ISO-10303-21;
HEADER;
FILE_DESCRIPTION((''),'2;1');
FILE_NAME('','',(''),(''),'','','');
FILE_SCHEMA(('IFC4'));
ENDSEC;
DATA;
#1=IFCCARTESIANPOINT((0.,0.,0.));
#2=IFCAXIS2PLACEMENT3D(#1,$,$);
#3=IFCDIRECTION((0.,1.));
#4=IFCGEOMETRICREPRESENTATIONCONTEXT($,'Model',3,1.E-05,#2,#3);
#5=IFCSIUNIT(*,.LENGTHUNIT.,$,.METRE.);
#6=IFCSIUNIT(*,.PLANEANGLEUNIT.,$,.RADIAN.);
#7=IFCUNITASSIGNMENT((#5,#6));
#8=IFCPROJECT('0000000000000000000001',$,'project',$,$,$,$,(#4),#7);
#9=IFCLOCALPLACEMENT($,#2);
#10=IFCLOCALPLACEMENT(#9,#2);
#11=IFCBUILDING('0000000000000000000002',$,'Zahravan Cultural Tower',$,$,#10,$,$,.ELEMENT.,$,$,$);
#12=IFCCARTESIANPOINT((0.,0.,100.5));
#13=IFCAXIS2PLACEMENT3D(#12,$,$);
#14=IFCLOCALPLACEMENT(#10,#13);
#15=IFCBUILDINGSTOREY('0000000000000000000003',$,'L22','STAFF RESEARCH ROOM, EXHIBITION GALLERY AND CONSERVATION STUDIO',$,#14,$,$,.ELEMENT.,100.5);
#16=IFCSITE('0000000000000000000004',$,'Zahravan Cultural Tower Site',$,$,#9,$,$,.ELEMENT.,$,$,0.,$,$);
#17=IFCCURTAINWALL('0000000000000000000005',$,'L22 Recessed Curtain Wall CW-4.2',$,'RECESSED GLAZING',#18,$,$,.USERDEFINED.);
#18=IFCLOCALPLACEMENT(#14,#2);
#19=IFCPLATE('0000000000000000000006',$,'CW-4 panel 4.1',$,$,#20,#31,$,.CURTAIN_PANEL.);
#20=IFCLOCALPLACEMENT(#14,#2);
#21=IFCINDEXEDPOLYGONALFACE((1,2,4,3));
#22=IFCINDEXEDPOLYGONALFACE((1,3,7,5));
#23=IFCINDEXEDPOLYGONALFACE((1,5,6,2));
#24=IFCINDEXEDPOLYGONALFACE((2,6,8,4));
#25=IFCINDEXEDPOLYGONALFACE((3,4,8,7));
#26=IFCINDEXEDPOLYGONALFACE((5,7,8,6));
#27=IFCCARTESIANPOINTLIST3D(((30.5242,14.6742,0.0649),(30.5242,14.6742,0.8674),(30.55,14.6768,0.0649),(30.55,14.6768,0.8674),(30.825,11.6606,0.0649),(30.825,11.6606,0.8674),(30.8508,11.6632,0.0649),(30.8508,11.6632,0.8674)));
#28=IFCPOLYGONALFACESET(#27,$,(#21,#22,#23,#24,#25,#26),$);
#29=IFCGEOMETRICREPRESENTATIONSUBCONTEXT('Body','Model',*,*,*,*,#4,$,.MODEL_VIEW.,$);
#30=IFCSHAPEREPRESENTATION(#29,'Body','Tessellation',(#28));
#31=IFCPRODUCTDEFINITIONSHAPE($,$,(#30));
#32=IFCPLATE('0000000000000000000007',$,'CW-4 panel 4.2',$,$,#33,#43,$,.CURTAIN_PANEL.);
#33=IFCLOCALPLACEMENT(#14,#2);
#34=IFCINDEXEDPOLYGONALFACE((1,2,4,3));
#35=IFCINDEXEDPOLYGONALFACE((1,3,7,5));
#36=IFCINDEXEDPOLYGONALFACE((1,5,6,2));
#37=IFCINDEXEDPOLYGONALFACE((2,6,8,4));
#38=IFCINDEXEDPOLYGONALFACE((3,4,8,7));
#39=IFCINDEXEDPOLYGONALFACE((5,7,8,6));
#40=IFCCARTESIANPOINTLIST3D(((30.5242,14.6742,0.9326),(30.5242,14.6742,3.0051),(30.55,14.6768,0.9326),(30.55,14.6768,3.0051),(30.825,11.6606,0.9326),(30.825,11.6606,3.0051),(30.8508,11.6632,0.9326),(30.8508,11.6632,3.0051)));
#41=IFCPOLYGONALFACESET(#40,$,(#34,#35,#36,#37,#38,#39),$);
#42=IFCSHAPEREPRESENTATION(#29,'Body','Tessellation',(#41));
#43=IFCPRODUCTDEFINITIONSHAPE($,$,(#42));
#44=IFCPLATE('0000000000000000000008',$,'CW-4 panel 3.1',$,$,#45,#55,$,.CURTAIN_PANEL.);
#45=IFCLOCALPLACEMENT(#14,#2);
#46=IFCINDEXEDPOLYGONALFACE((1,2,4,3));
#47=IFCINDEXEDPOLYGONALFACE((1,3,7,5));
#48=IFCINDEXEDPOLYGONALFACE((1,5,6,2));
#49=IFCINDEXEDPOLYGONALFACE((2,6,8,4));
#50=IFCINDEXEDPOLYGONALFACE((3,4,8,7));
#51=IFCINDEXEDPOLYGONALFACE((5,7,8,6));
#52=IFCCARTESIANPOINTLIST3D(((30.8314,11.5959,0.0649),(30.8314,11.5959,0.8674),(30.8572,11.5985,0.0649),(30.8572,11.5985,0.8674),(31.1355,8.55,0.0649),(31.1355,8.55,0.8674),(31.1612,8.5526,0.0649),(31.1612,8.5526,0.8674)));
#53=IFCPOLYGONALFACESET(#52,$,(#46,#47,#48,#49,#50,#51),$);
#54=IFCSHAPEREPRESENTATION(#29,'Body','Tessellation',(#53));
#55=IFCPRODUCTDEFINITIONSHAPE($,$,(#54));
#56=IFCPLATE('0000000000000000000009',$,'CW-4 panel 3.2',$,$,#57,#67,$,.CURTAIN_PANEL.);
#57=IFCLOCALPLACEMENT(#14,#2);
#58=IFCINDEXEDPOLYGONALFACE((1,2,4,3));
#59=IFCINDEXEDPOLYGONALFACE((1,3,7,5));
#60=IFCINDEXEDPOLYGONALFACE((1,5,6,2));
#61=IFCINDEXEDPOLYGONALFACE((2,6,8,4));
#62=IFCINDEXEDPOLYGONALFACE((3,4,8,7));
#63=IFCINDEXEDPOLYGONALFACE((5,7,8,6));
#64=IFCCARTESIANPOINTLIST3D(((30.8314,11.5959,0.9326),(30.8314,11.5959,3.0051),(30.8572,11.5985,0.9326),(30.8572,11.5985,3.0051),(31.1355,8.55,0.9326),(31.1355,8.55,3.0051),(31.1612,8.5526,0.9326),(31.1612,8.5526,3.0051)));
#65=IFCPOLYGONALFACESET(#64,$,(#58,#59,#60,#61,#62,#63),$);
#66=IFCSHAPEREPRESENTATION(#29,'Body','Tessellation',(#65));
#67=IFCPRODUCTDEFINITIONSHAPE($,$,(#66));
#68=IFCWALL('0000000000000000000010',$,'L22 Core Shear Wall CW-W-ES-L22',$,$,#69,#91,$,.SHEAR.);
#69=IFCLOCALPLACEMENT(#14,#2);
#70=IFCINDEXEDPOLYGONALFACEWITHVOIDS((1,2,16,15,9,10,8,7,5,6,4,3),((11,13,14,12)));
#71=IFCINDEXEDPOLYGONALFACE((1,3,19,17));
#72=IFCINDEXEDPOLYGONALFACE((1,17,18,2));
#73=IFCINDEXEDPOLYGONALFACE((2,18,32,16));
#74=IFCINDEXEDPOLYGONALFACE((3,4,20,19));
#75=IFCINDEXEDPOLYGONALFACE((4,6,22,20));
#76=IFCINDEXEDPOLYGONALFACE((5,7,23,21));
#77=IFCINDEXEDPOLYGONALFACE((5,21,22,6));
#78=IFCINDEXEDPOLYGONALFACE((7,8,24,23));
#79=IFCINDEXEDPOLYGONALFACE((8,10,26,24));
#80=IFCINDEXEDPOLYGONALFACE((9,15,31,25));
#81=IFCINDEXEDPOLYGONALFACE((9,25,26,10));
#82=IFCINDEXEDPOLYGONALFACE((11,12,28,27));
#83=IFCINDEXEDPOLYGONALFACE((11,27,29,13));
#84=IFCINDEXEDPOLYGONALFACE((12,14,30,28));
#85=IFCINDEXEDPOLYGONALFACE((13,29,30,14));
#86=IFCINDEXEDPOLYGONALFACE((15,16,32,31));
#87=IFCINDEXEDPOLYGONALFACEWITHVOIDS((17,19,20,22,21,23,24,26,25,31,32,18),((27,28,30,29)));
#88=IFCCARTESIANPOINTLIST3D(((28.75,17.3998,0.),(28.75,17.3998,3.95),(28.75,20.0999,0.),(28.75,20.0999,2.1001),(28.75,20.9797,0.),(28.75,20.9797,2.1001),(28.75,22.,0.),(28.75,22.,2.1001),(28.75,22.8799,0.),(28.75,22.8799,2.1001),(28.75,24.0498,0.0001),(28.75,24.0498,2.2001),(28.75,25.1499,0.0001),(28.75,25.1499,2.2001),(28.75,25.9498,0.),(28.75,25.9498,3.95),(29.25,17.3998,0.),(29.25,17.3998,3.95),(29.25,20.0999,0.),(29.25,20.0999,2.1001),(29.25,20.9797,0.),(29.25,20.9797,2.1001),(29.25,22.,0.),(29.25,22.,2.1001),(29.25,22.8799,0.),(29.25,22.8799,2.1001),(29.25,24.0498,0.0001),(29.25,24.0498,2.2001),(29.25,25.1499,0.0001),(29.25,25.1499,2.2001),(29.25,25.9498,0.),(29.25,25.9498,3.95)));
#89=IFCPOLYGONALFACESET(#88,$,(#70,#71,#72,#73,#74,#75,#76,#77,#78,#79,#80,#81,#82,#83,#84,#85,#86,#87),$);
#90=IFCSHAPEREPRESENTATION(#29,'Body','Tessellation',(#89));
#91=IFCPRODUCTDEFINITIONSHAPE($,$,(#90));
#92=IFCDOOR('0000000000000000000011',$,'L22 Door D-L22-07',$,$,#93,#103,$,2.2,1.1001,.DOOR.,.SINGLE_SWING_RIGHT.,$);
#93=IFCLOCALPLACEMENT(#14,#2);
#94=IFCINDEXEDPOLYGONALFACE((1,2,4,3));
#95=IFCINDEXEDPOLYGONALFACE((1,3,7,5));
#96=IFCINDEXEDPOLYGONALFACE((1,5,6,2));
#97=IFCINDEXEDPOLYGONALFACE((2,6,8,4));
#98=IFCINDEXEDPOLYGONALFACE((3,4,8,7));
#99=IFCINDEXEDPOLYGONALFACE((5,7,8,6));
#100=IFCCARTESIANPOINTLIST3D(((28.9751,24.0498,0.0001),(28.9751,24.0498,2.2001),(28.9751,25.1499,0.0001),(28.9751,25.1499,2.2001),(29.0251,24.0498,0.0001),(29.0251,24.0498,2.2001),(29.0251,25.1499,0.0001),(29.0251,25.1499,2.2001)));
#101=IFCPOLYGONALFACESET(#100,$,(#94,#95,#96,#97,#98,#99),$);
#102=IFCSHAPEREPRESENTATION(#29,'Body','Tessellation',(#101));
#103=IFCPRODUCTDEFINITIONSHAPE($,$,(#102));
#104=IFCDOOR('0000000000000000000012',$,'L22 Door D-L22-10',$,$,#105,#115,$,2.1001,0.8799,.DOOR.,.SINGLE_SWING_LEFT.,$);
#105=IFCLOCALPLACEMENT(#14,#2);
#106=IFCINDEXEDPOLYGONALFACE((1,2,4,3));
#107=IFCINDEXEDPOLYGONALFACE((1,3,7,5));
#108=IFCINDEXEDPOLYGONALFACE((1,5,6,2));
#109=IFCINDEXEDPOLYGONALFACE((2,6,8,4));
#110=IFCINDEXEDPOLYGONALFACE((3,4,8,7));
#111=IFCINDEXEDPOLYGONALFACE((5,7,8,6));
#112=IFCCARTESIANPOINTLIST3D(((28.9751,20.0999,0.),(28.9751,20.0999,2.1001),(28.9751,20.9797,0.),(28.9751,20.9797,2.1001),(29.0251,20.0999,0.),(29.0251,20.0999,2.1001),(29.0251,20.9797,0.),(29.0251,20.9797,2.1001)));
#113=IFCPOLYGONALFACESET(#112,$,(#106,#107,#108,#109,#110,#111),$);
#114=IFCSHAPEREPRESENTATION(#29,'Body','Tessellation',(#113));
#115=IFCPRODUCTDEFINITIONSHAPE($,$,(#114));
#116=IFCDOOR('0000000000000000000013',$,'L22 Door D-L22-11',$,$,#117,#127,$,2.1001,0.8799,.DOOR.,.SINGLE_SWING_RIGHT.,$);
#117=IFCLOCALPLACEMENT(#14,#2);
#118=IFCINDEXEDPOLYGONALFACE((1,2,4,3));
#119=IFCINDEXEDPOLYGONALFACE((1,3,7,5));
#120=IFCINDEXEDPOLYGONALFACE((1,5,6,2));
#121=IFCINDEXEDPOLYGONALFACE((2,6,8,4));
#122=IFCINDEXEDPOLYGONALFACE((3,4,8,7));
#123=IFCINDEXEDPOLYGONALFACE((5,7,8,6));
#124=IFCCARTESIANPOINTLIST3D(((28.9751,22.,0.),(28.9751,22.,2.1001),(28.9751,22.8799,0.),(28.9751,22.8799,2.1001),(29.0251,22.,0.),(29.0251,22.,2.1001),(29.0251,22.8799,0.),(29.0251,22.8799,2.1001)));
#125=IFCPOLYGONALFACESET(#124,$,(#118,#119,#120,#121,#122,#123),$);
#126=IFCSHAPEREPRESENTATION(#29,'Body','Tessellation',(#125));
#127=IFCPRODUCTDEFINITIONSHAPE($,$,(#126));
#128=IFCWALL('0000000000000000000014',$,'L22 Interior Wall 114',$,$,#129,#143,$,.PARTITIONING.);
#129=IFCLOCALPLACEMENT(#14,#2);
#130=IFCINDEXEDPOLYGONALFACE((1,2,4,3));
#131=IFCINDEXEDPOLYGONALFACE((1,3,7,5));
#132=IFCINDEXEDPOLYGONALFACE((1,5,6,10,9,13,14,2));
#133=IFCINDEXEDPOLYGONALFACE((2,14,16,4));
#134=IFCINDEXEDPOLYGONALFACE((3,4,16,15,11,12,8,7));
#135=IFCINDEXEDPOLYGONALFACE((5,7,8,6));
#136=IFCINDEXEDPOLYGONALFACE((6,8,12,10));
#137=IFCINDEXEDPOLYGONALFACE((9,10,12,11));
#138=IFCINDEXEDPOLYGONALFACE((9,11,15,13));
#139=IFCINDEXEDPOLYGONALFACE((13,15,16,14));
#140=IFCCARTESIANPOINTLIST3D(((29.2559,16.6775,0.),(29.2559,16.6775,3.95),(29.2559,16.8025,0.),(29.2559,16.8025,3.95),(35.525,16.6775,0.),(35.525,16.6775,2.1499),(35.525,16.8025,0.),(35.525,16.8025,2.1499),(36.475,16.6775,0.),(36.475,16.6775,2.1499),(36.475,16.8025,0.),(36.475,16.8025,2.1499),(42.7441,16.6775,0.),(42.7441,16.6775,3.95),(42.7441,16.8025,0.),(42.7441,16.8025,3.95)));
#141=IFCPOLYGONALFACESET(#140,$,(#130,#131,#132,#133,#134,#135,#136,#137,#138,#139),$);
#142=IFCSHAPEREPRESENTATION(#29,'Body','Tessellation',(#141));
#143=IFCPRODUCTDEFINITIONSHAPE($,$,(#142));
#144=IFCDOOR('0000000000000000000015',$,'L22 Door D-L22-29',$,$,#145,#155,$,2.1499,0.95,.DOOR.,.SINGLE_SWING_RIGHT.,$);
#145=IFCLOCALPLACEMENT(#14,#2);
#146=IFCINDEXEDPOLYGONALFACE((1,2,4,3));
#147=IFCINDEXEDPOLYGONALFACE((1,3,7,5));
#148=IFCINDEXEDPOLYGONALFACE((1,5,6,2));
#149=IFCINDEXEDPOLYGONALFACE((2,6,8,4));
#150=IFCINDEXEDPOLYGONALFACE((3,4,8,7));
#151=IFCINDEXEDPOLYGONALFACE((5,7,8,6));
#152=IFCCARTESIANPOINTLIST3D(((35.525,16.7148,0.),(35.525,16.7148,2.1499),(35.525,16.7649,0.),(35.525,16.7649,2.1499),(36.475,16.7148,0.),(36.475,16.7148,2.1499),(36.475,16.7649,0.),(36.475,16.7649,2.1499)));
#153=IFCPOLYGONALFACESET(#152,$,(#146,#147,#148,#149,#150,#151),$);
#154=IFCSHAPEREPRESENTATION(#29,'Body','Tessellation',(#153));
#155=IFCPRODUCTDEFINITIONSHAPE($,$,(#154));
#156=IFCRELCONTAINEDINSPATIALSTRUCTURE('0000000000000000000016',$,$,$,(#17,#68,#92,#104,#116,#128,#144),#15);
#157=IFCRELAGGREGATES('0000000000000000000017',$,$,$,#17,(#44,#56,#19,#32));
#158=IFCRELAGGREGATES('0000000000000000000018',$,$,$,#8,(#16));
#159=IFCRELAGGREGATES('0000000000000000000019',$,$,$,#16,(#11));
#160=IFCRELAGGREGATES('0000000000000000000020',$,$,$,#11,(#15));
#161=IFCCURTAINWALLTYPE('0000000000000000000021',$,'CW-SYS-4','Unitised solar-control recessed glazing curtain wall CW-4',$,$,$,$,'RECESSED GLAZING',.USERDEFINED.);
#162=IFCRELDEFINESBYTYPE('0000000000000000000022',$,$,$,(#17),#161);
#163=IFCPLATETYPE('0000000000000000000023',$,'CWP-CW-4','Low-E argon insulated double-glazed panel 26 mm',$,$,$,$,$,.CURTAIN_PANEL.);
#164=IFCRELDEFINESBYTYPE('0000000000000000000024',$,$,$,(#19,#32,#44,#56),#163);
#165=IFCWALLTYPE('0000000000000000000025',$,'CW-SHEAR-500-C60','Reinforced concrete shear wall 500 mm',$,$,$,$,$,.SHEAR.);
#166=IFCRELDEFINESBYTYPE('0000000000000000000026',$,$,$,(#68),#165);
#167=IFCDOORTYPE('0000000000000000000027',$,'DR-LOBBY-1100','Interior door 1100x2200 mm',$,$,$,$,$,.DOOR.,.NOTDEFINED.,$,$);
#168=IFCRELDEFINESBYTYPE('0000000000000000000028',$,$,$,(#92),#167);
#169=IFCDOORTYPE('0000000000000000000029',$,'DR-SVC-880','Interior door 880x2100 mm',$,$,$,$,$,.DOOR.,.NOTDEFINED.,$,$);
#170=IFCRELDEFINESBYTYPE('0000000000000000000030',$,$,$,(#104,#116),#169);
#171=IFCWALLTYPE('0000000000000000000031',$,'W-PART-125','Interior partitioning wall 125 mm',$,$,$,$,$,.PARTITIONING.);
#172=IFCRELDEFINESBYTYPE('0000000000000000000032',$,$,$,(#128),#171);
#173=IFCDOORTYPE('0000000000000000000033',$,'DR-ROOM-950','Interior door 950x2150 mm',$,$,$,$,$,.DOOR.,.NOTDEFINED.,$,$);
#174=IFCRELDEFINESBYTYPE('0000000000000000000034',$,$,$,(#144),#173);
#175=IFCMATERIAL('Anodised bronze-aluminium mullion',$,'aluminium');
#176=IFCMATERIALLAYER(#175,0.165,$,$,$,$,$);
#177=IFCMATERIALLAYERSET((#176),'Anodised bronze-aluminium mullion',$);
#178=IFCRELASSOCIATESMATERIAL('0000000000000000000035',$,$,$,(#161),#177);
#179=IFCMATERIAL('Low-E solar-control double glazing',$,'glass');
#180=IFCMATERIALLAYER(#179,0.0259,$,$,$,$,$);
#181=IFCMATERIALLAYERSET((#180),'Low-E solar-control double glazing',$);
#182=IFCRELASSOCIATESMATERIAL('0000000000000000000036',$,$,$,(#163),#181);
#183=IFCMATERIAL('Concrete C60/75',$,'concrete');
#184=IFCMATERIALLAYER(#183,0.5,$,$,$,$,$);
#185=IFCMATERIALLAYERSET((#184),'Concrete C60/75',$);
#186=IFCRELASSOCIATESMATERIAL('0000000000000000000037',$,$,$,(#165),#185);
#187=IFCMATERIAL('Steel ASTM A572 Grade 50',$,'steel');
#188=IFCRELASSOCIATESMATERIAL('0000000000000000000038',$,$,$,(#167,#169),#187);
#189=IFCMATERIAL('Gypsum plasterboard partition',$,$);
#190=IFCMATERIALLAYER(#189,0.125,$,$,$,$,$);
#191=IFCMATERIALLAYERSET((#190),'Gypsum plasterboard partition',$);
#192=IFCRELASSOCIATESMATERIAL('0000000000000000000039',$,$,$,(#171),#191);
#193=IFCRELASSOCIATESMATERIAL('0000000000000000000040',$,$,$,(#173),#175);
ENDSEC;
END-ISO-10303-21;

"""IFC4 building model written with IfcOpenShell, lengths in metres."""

from ifc_helpers import new_model, si_unit, direction, frame, frame_2d, origin, origin_2d, place, context, subcontext, project, spatial, rectangle, extrude, source, transform, mapped, material, layer, layer_set, type_object, element, fill, aggregate, save


model = new_model("IFC4")

# Units and contexts
model_context = context("Model", 3, precision=1e-05, world=origin(), true_north=direction((0.0, 1.0)))
body_context = subcontext(model_context, "Body", "Model", "MODEL_VIEW")
ifc_project = project(units=[si_unit("LENGTHUNIT", "METRE"), si_unit("PLANEANGLEUNIT", "RADIAN")], contexts=[model_context])

# Site, building, storey
site_placement = place(None, origin())
site = spatial("IfcSite", under=ifc_project, at=site_placement, Name="Zahravan Cultural Tower Site", CompositionType="ELEMENT", RefElevation=0.0)
building_placement = place(site_placement, origin())
building = spatial("IfcBuilding", under=site, at=building_placement, Name="Zahravan Cultural Tower", CompositionType="ELEMENT")
storey_placement = place(building_placement, frame((0.0, 0.0, 100.5)))
storey = spatial("IfcBuildingStorey", under=building, at=storey_placement, Name="L22", Description="STAFF RESEARCH ROOM, EXHIBITION GALLERY AND CONSERVATION STUDIO", CompositionType="ELEMENT", Elevation=100.5)

# Shared definitions
ifc_material_1 = material(Name="Concrete C60/75", Category="concrete")

# Curtain wall, plates
ifc_material_2 = material(Name="Anodised bronze-aluminium mullion", Category="aluminium")
ifc_layer_1 = layer(ifc_material_2, 0.165)
ifc_layer_set_1 = layer_set([ifc_layer_1], Name="Anodised bronze-aluminium mullion")
curtain_wall_type = type_object("IfcCurtainWallType", Name="CW-SYS-4", Description="Unitised solar-control recessed glazing curtain wall CW-4", ElementType="RECESSED GLAZING", PredefinedType="USERDEFINED", material=ifc_layer_set_1)
curtain_wall_placement = place(storey_placement, origin())
curtain_wall = element("IfcCurtainWall", 1, at=curtain_wall_placement, inside=storey, type_object=curtain_wall_type, Name="L22 Recessed Curtain Wall CW-4.2", ObjectType="RECESSED GLAZING", PredefinedType="USERDEFINED")
ifc_material_3 = material(Name="Low-E solar-control double glazing", Category="glass")
ifc_layer_2 = layer(ifc_material_3, 0.0259)
ifc_layer_set_2 = layer_set([ifc_layer_2], Name="Low-E solar-control double glazing")
plate_type = type_object("IfcPlateType", Name="CWP-CW-4", Description="Low-E argon insulated double-glazed panel 26 mm", PredefinedType="CURTAIN_PANEL", material=ifc_layer_set_2)
shared_shape_1 = source(origin(), body_context, "Body", "SweptSolid", [
    extrude(rectangle(XDim=3.0286, YDim=0.0259, at=origin_2d()), origin(), (0.0, 0.0, 1.0), 0.8025),
])
plate_1_placement = place(storey_placement, frame((30.6875, 13.1687, 0.0649), z_axis=(0.0, 0.0, 1.0), x_axis=(-0.099322, 0.995055, 0.0)))
plate_1 = element("IfcPlate", 2, at=plate_1_placement, type_object=plate_type, Name="CW-4 panel 4.1", PredefinedType="CURTAIN_PANEL", context=body_context, shape_type="MappedRepresentation", body=[
    mapped(shared_shape_1, transform((0.0, 0.0, 0.0), x_axis=(1.0, 0.0, 0.0), y_axis=(0.0, 1.0, 0.0), z_axis=(0.0, 0.0, 1.0), scale=1.0)),
])
shared_shape_2 = source(origin(), body_context, "Body", "SweptSolid", [
    extrude(rectangle(XDim=3.0286, YDim=0.0259, at=origin_2d()), origin(), (0.0, 0.0, 1.0), 2.0725),
])
plate_2_placement = place(storey_placement, frame((30.6875, 13.1687, 0.9326), z_axis=(0.0, 0.0, 1.0), x_axis=(-0.099322, 0.995055, 0.0)))
plate_2 = element("IfcPlate", 3, at=plate_2_placement, type_object=plate_type, Name="CW-4 panel 4.2", PredefinedType="CURTAIN_PANEL", context=body_context, shape_type="MappedRepresentation", body=[
    mapped(shared_shape_2, transform((0.0, 0.0, 0.0), x_axis=(1.0, 0.0, 0.0), y_axis=(0.0, 1.0, 0.0), z_axis=(0.0, 0.0, 1.0), scale=1.0)),
])
shared_shape_3 = source(origin(), body_context, "Body", "SweptSolid", [
    extrude(rectangle(XDim=3.061, YDim=0.0259, at=origin_2d()), origin(), (0.0, 0.0, 1.0), 0.8025),
])
plate_3_placement = place(storey_placement, frame((30.9963, 10.0742, 0.0649), z_axis=(0.0, 0.0, 1.0), x_axis=(-0.099322, 0.995055, 0.0)))
plate_3 = element("IfcPlate", 4, at=plate_3_placement, type_object=plate_type, Name="CW-4 panel 3.1", PredefinedType="CURTAIN_PANEL", context=body_context, shape_type="MappedRepresentation", body=[
    mapped(shared_shape_3, transform((0.0, 0.0, 0.0), x_axis=(1.0, 0.0, 0.0), y_axis=(0.0, 1.0, 0.0), z_axis=(0.0, 0.0, 1.0), scale=1.0)),
])
shared_shape_4 = source(origin(), body_context, "Body", "SweptSolid", [
    extrude(rectangle(XDim=3.061, YDim=0.0259, at=origin_2d()), origin(), (0.0, 0.0, 1.0), 2.0725),
])
plate_4_placement = place(storey_placement, frame((30.9963, 10.0742, 0.9326), z_axis=(0.0, 0.0, 1.0), x_axis=(-0.099322, 0.995055, 0.0)))
plate_4 = element("IfcPlate", 5, at=plate_4_placement, type_object=plate_type, Name="CW-4 panel 3.2", PredefinedType="CURTAIN_PANEL", context=body_context, shape_type="MappedRepresentation", body=[
    mapped(shared_shape_4, transform((0.0, 0.0, 0.0), x_axis=(1.0, 0.0, 0.0), y_axis=(0.0, 1.0, 0.0), z_axis=(0.0, 0.0, 1.0), scale=1.0)),
])
aggregate(curtain_wall, [plate_3, plate_4, plate_1, plate_2])

# Wall, openings, doors
ifc_layer_3 = layer(ifc_material_1, 0.5)
ifc_layer_set_3 = layer_set([ifc_layer_3], Name="Concrete C60/75")
wall_type_1 = type_object("IfcWallType", Name="CW-SHEAR-500-C60", Description="Reinforced concrete shear wall 500 mm", PredefinedType="SHEAR", material=ifc_layer_set_3)
wall_1_placement = place(storey_placement, frame((29.0, 17.3999, 0.0), z_axis=(0.0, 0.0, 1.0), x_axis=(0.0, 1.0, 0.0)))
wall_1 = element("IfcWall", 6, at=wall_1_placement, inside=storey, type_object=wall_type_1, Name="L22 Core Shear Wall CW-W-ES-L22", PredefinedType="SHEAR", context=body_context, shape_type="SweptSolid", body=[
    extrude(rectangle(XDim=8.55, YDim=0.5, at=frame_2d((4.2749, 0.0))), origin(), (0.0, 0.0, 1.0), 3.95),
])
opening_1_placement = place(wall_1_placement, frame((6.6499, 0.0, 0.0)))
opening_1 = element("IfcOpeningElement", 7, at=opening_1_placement, cuts=wall_1, PredefinedType="OPENING", context=body_context, shape_type="SweptSolid", body=[
    extrude(rectangle(XDim=1.1001, YDim=2.2, at=frame_2d((0.55, 1.1001))), frame((0.0, 0.26, 0.0), z_axis=(0.0, -1.0, 0.0), x_axis=(1.0, 0.0, 0.0)), (0.0, 0.0, 1.0), 0.52),
])
opening_2_placement = place(wall_1_placement, frame((2.7, 0.0, 0.0)))
opening_2 = element("IfcOpeningElement", 8, at=opening_2_placement, cuts=wall_1, PredefinedType="OPENING", context=body_context, shape_type="SweptSolid", body=[
    extrude(rectangle(XDim=0.8799, YDim=2.1001, at=frame_2d((0.4399, 1.05))), frame((0.0, 0.26, 0.0), z_axis=(0.0, -1.0, 0.0), x_axis=(1.0, 0.0, 0.0)), (0.0, 0.0, 1.0), 0.52),
])
opening_3_placement = place(wall_1_placement, frame((4.6001, 0.0, 0.0)))
opening_3 = element("IfcOpeningElement", 9, at=opening_3_placement, cuts=wall_1, PredefinedType="OPENING", context=body_context, shape_type="SweptSolid", body=[
    extrude(rectangle(XDim=0.8799, YDim=2.1001, at=frame_2d((0.4399, 1.05))), frame((0.0, 0.26, 0.0), z_axis=(0.0, -1.0, 0.0), x_axis=(1.0, 0.0, 0.0)), (0.0, 0.0, 1.0), 0.52),
])
ifc_material_4 = material(Name="Steel ASTM A572 Grade 50", Category="steel")
door_type_1 = type_object("IfcDoorType", Name="DR-LOBBY-1100", Description="Interior door 1100x2200 mm", OperationType="NOTDEFINED", PredefinedType="DOOR", material=ifc_material_4)
shared_shape_5 = source(origin(), body_context, "Body", "SweptSolid", [
    extrude(rectangle(XDim=1.1001, YDim=2.2, at=frame_2d((0.55, 1.1001))), frame((0.0, 0.0249, 0.0), z_axis=(0.0, -1.0, 0.0), x_axis=(1.0, 0.0, 0.0)), (0.0, 0.0, 1.0), 0.05),
])
door_1_placement = place(opening_1_placement, origin())
door_1 = element("IfcDoor", 10, at=door_1_placement, inside=storey, type_object=door_type_1, Name="L22 Door D-L22-07", OperationType="SINGLE_SWING_RIGHT", OverallHeight=2.2, OverallWidth=1.1001, PredefinedType="DOOR", context=body_context, shape_type="MappedRepresentation", body=[
    mapped(shared_shape_5, transform((0.0, 0.0, 0.0), x_axis=(1.0, 0.0, 0.0), y_axis=(0.0, 1.0, 0.0), z_axis=(0.0, 0.0, 1.0), scale=1.0)),
])
fill(opening_1, door_1)
door_type_2 = type_object("IfcDoorType", Name="DR-SVC-880", Description="Interior door 880x2100 mm", OperationType="NOTDEFINED", PredefinedType="DOOR", material=ifc_material_4)
shared_shape_6 = source(origin(), body_context, "Body", "SweptSolid", [
    extrude(rectangle(XDim=0.8799, YDim=2.1001, at=frame_2d((0.4399, 1.05))), frame((0.0, 0.0249, 0.0), z_axis=(0.0, -1.0, 0.0), x_axis=(1.0, 0.0, 0.0)), (0.0, 0.0, 1.0), 0.05),
])
door_2_placement = place(opening_2_placement, origin())
door_2 = element("IfcDoor", 11, at=door_2_placement, inside=storey, type_object=door_type_2, Name="L22 Door D-L22-10", OperationType="SINGLE_SWING_LEFT", OverallHeight=2.1001, OverallWidth=0.8799, PredefinedType="DOOR", context=body_context, shape_type="MappedRepresentation", body=[
    mapped(shared_shape_6, transform((0.0, 0.0, 0.0), x_axis=(1.0, 0.0, 0.0), y_axis=(0.0, 1.0, 0.0), z_axis=(0.0, 0.0, 1.0), scale=1.0)),
])
fill(opening_2, door_2)
door_3_placement = place(opening_3_placement, origin())
door_3 = element("IfcDoor", 12, at=door_3_placement, inside=storey, type_object=door_type_2, Name="L22 Door D-L22-11", OperationType="SINGLE_SWING_RIGHT", OverallHeight=2.1001, OverallWidth=0.8799, PredefinedType="DOOR", context=body_context, shape_type="MappedRepresentation", body=[
    mapped(shared_shape_6, transform((0.0, 0.0, 0.0), x_axis=(1.0, 0.0, 0.0), y_axis=(0.0, 1.0, 0.0), z_axis=(0.0, 0.0, 1.0), scale=1.0)),
])
fill(opening_3, door_3)

# Wall, opening, door
ifc_material_5 = material(Name="Gypsum plasterboard partition")
ifc_layer_4 = layer(ifc_material_5, 0.125)
ifc_layer_set_4 = layer_set([ifc_layer_4], Name="Gypsum plasterboard partition")
wall_type_2 = type_object("IfcWallType", Name="W-PART-125", Description="Interior partitioning wall 125 mm", PredefinedType="PARTITIONING", material=ifc_layer_set_4)
wall_2_placement = place(storey_placement, frame((29.2559, 16.74, 0.0), z_axis=(0.0, 0.0, 1.0), x_axis=(1.0, 0.0, 0.0)))
wall_2 = element("IfcWall", 13, at=wall_2_placement, inside=storey, type_object=wall_type_2, Name="L22 Interior Wall 114", PredefinedType="PARTITIONING", context=body_context, shape_type="SweptSolid", body=[
    extrude(rectangle(XDim=13.4883, YDim=0.125, at=frame_2d((6.7441, 0.0))), origin(), (0.0, 0.0, 1.0), 3.95),
])
opening_4_placement = place(wall_2_placement, frame((6.269, 0.0, 0.0)))
opening_4 = element("IfcOpeningElement", 14, at=opening_4_placement, cuts=wall_2, PredefinedType="OPENING", context=body_context, shape_type="SweptSolid", body=[
    extrude(rectangle(XDim=0.95, YDim=2.1499, at=frame_2d((0.4751, 1.075))), frame((0.0, 0.0725, 0.0), z_axis=(0.0, -1.0, 0.0), x_axis=(1.0, 0.0, 0.0)), (0.0, 0.0, 1.0), 0.145),
])
door_type_3 = type_object("IfcDoorType", Name="DR-ROOM-950", Description="Interior door 950x2150 mm", OperationType="NOTDEFINED", PredefinedType="DOOR", material=ifc_material_2)
shared_shape_7 = source(origin(), body_context, "Body", "SweptSolid", [
    extrude(rectangle(XDim=0.95, YDim=2.1499, at=frame_2d((0.4751, 1.075))), frame((0.0, 0.0249, 0.0), z_axis=(0.0, -1.0, 0.0), x_axis=(1.0, 0.0, 0.0)), (0.0, 0.0, 1.0), 0.05),
])
door_4_placement = place(opening_4_placement, origin())
door_4 = element("IfcDoor", 15, at=door_4_placement, inside=storey, type_object=door_type_3, Name="L22 Door D-L22-29", OperationType="SINGLE_SWING_RIGHT", OverallHeight=2.1499, OverallWidth=0.95, PredefinedType="DOOR", context=body_context, shape_type="MappedRepresentation", body=[
    mapped(shared_shape_7, transform((0.0, 0.0, 0.0), x_axis=(1.0, 0.0, 0.0), y_axis=(0.0, 1.0, 0.0), z_axis=(0.0, 0.0, 1.0), scale=1.0)),
])
fill(opening_4, door_4)

save(model, "model.ifc")
